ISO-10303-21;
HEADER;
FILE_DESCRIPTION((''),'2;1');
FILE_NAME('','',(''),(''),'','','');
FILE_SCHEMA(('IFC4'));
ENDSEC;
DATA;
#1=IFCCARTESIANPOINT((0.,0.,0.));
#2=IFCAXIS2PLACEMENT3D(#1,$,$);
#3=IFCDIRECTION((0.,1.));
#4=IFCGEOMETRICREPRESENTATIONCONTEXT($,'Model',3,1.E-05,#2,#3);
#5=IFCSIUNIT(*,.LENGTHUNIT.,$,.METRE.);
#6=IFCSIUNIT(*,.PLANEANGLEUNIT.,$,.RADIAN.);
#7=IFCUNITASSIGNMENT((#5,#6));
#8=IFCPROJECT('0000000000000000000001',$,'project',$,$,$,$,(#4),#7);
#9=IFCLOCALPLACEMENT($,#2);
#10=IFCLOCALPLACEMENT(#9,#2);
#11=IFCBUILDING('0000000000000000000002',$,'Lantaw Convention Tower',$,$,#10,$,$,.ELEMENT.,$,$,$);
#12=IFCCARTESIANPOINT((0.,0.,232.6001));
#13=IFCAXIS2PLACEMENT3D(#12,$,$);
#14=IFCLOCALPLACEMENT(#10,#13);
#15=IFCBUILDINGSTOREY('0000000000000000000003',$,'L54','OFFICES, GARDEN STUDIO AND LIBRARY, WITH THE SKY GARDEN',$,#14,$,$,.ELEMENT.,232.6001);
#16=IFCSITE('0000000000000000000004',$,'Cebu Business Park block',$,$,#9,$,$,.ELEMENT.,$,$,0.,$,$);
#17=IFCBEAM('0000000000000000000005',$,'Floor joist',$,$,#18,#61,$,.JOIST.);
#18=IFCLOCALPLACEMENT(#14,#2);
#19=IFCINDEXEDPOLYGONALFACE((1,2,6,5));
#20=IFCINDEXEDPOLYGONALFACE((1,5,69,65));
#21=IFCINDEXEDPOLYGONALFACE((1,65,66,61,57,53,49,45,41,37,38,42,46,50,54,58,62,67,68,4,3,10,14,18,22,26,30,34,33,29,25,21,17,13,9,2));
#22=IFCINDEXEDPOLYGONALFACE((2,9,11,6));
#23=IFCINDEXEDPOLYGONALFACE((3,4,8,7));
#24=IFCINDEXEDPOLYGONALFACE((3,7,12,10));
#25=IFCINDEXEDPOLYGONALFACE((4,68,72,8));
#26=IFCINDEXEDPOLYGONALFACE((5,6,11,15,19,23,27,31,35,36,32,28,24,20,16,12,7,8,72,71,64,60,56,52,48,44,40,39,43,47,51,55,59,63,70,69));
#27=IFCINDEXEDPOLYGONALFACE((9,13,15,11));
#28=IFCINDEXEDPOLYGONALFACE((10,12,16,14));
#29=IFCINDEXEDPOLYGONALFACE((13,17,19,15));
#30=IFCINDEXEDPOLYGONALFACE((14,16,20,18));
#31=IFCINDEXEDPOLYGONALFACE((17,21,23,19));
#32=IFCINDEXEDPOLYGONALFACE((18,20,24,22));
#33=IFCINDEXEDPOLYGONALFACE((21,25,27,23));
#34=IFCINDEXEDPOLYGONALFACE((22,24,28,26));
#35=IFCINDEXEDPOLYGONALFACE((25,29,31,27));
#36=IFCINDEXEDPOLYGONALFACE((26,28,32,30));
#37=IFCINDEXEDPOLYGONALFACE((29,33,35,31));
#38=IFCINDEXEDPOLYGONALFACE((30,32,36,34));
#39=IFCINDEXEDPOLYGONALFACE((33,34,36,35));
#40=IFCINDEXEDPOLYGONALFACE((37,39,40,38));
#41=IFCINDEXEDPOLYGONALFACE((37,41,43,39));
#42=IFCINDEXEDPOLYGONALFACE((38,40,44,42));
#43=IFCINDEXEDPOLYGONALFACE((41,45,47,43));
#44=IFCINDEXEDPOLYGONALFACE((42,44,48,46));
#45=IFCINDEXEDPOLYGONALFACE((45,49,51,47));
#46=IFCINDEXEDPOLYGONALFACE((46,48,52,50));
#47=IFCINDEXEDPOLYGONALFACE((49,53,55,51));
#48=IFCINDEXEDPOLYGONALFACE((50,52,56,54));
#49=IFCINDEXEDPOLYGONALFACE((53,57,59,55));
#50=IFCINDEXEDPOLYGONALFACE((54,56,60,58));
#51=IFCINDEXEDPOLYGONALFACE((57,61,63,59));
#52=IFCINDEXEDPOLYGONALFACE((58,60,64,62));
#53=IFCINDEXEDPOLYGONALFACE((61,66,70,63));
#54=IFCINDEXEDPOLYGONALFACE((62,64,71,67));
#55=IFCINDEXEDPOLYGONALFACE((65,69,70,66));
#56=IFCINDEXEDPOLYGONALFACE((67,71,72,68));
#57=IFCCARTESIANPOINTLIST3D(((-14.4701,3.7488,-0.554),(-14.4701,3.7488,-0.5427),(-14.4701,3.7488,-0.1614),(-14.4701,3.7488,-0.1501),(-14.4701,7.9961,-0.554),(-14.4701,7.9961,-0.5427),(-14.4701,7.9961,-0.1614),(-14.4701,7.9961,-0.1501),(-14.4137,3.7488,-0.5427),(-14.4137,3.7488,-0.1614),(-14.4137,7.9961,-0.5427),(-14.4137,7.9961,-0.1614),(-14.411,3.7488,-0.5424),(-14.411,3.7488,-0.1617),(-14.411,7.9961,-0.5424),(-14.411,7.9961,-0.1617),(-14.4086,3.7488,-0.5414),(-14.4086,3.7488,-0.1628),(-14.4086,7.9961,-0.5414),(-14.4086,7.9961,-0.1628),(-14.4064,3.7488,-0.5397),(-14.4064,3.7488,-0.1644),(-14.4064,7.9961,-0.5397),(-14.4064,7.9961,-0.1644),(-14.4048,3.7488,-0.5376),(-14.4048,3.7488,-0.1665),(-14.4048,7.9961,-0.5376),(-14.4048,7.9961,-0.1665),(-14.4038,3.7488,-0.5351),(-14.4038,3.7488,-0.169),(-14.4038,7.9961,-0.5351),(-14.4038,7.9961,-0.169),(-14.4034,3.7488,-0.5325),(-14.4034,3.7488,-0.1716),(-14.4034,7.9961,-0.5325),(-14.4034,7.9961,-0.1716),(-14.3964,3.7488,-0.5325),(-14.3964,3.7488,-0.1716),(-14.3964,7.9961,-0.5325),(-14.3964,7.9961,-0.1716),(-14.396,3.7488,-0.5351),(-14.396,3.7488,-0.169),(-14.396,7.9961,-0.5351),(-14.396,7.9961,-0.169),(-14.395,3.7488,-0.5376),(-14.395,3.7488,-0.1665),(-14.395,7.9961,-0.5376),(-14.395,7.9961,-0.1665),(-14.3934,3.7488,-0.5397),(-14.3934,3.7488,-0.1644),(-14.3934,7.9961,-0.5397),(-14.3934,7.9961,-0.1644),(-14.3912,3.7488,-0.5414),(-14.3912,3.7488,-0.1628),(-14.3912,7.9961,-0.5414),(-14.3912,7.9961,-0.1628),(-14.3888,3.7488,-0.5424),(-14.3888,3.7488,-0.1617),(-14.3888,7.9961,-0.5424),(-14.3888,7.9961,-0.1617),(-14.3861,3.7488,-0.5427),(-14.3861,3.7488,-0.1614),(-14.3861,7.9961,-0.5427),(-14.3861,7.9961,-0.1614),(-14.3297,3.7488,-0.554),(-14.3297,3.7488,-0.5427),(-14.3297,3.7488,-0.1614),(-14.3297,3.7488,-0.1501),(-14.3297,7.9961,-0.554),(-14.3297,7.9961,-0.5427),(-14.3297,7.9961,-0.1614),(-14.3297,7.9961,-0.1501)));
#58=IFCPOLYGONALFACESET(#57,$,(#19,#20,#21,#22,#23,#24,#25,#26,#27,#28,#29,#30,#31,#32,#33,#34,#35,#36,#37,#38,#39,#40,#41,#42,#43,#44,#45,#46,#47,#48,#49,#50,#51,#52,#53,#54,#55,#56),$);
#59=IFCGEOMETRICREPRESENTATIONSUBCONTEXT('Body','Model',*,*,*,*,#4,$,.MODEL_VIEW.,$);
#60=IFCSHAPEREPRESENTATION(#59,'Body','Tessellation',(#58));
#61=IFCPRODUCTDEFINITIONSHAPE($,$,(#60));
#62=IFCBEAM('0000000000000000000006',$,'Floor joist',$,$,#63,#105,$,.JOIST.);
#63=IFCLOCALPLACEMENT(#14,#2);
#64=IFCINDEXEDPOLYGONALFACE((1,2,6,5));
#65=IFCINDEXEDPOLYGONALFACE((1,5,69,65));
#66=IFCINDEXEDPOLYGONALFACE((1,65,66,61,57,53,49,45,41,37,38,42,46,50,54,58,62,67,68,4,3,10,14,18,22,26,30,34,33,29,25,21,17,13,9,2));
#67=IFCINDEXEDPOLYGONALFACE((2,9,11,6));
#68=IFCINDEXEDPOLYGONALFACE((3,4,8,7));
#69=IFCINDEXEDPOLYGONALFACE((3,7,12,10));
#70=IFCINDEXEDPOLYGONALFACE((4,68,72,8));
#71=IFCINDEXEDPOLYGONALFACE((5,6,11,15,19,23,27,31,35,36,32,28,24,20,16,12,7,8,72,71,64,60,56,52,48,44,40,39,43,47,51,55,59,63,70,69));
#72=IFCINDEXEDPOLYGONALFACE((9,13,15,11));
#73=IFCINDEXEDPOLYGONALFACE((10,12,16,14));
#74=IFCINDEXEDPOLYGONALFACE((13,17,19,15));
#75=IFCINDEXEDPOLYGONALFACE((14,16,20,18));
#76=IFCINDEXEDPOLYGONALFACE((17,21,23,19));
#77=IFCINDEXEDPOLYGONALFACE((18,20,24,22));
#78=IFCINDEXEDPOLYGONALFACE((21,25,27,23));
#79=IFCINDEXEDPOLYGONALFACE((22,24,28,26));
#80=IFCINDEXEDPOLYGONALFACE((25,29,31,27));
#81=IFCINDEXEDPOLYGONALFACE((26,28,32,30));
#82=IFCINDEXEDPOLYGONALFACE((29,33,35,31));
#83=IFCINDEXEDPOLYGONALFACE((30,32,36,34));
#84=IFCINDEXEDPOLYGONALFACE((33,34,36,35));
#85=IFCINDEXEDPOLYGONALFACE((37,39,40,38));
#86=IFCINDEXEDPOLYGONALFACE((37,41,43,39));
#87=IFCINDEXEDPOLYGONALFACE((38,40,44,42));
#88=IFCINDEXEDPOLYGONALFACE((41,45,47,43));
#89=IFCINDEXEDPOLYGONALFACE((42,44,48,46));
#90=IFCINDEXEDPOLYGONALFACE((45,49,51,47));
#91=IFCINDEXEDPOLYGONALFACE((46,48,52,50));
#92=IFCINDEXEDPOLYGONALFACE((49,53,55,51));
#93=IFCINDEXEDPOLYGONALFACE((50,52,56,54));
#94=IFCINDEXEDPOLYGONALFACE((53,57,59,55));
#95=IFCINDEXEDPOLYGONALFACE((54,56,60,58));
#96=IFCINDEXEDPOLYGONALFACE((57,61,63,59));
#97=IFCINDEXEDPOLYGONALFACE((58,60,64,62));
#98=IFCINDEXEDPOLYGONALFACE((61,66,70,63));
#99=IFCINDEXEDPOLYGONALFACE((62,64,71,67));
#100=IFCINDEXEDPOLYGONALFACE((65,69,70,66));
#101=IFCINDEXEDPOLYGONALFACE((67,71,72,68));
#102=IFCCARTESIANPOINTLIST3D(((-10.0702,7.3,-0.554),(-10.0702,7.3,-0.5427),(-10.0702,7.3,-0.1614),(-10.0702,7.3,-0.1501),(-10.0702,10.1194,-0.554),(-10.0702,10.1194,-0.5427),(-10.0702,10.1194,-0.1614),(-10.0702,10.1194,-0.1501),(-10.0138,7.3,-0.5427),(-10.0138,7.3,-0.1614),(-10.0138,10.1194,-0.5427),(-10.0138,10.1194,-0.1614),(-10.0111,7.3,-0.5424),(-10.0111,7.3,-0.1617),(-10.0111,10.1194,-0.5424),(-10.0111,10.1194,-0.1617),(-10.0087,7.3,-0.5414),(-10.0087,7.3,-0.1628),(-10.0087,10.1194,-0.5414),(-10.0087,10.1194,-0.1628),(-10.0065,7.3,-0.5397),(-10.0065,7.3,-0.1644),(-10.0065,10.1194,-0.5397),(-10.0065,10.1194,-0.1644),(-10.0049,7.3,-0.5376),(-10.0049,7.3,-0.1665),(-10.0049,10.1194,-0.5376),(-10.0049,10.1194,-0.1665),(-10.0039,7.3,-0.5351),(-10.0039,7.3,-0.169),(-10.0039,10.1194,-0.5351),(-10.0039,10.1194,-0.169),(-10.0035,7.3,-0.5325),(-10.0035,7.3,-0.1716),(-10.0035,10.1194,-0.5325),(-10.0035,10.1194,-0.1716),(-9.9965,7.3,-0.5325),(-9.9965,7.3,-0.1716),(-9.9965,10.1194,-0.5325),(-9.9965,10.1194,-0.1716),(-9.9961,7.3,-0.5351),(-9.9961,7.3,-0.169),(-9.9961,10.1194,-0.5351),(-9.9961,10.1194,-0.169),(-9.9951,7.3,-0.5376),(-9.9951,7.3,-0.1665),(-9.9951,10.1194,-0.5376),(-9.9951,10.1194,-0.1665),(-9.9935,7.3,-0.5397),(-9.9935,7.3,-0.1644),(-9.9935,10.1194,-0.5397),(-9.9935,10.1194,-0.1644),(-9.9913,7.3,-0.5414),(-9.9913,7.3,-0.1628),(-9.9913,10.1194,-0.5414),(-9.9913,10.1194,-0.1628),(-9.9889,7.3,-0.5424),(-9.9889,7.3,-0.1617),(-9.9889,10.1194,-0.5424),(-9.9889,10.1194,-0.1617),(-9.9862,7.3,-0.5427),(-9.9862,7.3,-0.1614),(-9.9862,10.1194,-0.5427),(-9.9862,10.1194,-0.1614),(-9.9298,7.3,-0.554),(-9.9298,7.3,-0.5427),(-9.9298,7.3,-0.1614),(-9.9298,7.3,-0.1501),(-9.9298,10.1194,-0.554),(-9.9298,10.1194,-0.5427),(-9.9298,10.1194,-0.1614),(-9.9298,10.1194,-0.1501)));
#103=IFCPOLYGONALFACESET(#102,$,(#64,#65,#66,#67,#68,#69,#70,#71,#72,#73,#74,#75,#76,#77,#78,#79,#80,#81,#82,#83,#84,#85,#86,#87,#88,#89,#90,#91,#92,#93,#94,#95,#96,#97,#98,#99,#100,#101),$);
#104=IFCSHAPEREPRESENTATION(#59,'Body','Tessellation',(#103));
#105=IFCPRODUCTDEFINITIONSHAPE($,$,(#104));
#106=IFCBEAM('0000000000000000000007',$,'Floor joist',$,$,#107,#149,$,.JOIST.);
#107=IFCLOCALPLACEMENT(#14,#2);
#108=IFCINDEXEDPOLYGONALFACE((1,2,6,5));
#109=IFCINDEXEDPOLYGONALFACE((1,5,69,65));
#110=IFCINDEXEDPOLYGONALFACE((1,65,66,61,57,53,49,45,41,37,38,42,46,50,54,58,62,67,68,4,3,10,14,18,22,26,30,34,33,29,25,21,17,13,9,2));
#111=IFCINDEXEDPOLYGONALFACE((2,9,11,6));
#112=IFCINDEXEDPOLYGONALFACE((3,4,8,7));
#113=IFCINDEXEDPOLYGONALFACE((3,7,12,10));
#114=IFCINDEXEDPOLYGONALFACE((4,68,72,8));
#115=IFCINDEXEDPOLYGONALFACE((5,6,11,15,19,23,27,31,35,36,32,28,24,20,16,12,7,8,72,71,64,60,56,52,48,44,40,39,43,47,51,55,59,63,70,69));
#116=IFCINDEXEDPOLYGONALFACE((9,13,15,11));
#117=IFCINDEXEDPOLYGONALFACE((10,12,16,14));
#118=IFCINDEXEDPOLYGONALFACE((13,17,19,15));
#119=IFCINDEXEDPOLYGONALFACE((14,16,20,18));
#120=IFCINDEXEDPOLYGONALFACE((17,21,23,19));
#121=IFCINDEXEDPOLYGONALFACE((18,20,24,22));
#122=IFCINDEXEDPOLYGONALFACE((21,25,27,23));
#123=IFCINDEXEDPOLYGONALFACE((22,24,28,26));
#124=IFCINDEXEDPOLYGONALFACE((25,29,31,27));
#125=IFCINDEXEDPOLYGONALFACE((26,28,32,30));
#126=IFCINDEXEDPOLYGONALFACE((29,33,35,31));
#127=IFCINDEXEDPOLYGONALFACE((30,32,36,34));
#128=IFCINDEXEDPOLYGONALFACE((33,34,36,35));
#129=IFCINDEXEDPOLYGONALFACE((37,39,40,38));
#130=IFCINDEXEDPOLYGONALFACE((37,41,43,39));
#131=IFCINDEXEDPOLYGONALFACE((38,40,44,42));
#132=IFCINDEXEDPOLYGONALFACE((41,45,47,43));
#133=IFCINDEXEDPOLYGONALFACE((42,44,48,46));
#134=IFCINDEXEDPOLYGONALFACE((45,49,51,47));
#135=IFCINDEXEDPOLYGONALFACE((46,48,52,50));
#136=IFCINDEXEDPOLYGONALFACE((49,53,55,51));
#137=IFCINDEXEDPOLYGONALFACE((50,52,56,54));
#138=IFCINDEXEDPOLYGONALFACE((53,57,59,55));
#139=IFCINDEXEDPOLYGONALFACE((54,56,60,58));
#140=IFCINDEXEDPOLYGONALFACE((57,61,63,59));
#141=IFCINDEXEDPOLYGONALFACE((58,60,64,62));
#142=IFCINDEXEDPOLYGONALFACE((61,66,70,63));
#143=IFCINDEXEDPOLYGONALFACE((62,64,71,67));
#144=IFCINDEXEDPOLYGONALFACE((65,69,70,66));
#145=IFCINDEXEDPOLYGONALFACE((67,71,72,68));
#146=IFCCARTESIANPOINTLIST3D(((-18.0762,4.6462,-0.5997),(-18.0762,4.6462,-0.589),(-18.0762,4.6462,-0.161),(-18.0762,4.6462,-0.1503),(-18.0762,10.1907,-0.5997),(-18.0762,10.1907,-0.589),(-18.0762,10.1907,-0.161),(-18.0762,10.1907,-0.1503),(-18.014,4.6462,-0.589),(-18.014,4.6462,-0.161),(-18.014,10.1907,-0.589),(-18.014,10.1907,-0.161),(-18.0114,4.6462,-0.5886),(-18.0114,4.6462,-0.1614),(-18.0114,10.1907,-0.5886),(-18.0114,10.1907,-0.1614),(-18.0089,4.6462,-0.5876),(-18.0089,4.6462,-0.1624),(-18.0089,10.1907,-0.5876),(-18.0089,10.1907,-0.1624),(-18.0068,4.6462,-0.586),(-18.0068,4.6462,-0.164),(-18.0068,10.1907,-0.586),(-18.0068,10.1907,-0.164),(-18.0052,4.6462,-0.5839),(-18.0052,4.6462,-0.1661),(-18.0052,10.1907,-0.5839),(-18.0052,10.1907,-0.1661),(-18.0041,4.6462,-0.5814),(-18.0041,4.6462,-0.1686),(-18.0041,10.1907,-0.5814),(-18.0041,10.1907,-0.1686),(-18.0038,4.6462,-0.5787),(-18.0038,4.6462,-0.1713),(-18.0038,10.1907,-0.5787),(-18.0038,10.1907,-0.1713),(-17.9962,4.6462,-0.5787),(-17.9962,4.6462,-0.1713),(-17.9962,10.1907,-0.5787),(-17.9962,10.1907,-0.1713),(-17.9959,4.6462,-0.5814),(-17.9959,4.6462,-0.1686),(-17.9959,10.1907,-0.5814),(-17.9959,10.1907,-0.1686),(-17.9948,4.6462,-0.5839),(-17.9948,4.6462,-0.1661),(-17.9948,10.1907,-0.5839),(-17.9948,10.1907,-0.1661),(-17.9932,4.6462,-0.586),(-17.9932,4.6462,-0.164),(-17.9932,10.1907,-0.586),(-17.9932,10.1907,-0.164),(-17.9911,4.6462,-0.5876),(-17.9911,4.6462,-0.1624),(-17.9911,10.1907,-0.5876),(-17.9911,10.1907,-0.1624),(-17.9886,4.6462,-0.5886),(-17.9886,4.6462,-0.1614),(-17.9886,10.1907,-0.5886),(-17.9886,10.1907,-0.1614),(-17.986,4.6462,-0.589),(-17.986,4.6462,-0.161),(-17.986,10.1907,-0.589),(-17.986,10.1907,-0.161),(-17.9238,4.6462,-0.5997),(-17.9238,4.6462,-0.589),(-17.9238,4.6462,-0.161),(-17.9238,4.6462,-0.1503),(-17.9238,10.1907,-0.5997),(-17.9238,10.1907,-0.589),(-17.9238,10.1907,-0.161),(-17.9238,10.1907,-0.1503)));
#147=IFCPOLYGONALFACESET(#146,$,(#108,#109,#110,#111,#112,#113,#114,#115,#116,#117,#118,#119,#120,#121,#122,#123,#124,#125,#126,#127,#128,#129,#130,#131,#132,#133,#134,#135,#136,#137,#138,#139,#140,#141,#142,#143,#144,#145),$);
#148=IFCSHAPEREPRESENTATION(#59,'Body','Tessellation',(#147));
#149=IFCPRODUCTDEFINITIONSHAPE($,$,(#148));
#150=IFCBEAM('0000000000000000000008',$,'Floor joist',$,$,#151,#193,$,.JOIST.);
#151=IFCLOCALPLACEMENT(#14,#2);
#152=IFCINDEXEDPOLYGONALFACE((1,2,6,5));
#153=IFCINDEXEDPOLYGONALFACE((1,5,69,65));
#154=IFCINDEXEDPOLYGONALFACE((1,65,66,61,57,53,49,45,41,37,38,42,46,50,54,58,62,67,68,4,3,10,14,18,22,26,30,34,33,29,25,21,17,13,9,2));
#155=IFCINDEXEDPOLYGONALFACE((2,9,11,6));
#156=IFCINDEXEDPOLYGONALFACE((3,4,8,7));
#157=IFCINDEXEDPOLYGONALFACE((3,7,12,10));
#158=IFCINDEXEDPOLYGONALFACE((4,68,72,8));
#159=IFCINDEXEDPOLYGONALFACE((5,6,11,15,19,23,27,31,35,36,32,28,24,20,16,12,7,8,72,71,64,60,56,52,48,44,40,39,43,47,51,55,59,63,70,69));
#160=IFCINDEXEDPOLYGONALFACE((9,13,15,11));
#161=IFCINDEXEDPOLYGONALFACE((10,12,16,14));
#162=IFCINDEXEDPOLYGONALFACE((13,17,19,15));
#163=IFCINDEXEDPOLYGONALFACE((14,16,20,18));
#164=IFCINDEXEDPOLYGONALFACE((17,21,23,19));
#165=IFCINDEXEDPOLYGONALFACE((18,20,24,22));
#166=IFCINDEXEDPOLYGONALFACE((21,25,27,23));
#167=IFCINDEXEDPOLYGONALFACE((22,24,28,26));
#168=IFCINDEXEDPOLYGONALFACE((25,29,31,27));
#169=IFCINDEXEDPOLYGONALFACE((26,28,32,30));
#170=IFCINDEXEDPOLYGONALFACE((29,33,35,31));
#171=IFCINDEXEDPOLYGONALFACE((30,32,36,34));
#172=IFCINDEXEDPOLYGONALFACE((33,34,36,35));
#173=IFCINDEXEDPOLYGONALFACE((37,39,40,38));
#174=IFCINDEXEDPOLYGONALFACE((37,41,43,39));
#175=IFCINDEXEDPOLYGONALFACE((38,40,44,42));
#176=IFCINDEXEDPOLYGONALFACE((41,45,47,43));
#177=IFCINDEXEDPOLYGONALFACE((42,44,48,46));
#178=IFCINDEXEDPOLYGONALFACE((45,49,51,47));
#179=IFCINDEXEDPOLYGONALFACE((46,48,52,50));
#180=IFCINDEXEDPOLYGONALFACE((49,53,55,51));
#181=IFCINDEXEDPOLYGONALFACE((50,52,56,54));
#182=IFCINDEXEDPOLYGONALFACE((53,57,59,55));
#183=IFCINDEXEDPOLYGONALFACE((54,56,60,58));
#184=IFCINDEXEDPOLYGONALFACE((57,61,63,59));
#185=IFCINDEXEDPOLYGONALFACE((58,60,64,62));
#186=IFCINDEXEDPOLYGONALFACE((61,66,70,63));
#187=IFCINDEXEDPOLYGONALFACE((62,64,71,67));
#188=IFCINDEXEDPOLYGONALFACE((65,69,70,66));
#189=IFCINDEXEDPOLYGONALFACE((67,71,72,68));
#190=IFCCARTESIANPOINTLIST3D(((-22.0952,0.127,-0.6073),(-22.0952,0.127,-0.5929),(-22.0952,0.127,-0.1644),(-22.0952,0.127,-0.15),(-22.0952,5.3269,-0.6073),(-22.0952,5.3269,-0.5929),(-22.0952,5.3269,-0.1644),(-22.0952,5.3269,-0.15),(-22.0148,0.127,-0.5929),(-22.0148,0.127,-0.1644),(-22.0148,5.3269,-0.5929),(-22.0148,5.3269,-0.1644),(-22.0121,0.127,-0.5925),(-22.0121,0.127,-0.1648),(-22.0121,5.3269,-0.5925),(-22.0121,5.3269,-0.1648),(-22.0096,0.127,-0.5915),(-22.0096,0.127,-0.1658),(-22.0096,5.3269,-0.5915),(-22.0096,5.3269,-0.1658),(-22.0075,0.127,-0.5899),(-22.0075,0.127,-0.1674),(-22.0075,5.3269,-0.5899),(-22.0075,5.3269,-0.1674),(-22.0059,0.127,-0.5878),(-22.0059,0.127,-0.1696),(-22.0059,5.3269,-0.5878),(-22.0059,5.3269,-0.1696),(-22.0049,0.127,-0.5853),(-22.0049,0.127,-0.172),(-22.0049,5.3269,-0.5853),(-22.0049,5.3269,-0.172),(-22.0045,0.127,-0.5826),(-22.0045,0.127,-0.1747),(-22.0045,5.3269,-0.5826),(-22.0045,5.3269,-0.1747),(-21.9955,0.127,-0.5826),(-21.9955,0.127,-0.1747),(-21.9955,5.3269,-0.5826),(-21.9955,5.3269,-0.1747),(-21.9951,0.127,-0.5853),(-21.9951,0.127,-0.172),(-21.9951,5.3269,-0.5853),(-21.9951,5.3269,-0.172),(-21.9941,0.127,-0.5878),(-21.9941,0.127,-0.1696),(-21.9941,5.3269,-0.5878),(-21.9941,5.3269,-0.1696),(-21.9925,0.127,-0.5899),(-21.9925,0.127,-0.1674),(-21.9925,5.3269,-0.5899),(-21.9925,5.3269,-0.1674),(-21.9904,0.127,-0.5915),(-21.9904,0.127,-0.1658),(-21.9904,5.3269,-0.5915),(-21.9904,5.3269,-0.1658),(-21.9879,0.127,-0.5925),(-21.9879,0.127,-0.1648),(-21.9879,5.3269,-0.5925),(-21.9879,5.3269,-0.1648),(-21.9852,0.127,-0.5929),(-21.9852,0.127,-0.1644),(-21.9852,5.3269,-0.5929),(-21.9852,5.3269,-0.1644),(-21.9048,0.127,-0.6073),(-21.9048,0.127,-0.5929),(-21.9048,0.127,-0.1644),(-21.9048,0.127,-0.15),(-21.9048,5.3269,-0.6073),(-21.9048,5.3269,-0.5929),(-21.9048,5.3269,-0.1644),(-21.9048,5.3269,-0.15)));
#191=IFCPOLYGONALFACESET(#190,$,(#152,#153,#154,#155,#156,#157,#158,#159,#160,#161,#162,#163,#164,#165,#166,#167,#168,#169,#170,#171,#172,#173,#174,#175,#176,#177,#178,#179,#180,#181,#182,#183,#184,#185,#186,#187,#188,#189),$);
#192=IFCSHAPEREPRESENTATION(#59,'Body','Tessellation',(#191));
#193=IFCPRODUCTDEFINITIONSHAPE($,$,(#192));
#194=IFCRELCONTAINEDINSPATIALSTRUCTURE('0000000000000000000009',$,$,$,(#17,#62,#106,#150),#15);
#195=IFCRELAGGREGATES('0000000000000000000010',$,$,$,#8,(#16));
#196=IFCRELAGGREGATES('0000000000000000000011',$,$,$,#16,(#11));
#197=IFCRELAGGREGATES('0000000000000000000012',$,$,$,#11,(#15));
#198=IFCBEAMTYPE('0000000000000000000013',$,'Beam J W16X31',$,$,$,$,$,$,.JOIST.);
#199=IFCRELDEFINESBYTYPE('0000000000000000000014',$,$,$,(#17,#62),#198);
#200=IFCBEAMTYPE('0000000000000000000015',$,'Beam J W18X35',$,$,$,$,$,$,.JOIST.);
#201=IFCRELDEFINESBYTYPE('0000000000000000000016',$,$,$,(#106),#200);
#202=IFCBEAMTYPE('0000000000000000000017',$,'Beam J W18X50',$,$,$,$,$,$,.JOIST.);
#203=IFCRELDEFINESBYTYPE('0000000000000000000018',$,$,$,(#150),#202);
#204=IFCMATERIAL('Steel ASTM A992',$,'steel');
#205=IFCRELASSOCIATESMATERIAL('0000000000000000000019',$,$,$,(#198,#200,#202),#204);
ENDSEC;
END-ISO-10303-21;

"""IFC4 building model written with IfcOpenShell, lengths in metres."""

from ifc_helpers import new_model, si_unit, direction, frame, origin, origin_2d, place, context, subcontext, project, spatial, i_section, extrude, material, material_profile, profile_set, type_object, element, save


model = new_model("IFC4")

# Units and contexts
model_context = context("Model", 3, precision=1e-05, world=origin(), true_north=direction((0.0, 1.0)))
body_context = subcontext(model_context, "Body", "Model", "MODEL_VIEW")
ifc_project = project(units=[si_unit("LENGTHUNIT", "METRE"), si_unit("PLANEANGLEUNIT", "RADIAN")], contexts=[model_context])

# Site, building, storey
site_placement = place(None, origin())
site = spatial("IfcSite", under=ifc_project, at=site_placement, Name="Cebu Business Park block", CompositionType="ELEMENT", RefElevation=0.0)
building_placement = place(site_placement, origin())
building = spatial("IfcBuilding", under=site, at=building_placement, Name="Lantaw Convention Tower", CompositionType="ELEMENT")
storey_placement = place(building_placement, frame((0.0, 0.0, 232.6001)))
storey = spatial("IfcBuildingStorey", under=building, at=storey_placement, Name="L54", Description="OFFICES, GARDEN STUDIO AND LIBRARY, WITH THE SKY GARDEN", CompositionType="ELEMENT", Elevation=232.6001)

# Beams
ifc_material_1 = material(Name="Steel ASTM A992", Category="steel")
ifc_material_profile_1 = material_profile(ifc_material_1, i_section(OverallWidth=0.1404, OverallDepth=0.4038, WebThickness=0.0071, FlangeThickness=0.0112, FilletRadius=0.0103, at=origin_2d()), Name="W16X31")
ifc_profile_set_1 = profile_set([ifc_material_profile_1], Name="Steel ASTM A992")
beam_type_1 = type_object("IfcBeamType", Name="Beam J W16X31", PredefinedType="JOIST", material=ifc_profile_set_1)
beam_1_placement = place(storey_placement, frame((-14.3999, 3.7488, -0.3521), z_axis=(0.0, 1.0, 0.0), x_axis=(-1.0, 0.0, 0.0)))
element("IfcBeam", 1, at=beam_1_placement, inside=storey, type_object=beam_type_1, Name="Floor joist", PredefinedType="JOIST", context=body_context, shape_type="SweptSolid", body=[
    extrude(i_section(OverallWidth=0.1404, OverallDepth=0.4038, WebThickness=0.0071, FlangeThickness=0.0112, FilletRadius=0.0103, at=origin_2d()), origin(), (0.0, 0.0, 1.0), 4.2473),
])
beam_2_placement = place(storey_placement, frame((-10.0, 7.3, -0.3521), z_axis=(0.0, 1.0, 0.0), x_axis=(-1.0, 0.0, 0.0)))
element("IfcBeam", 2, at=beam_2_placement, inside=storey, type_object=beam_type_1, Name="Floor joist", PredefinedType="JOIST", context=body_context, shape_type="SweptSolid", body=[
    extrude(i_section(OverallWidth=0.1404, OverallDepth=0.4038, WebThickness=0.0071, FlangeThickness=0.0112, FilletRadius=0.0103, at=origin_2d()), origin(), (0.0, 0.0, 1.0), 2.8193),
])
ifc_material_profile_2 = material_profile(ifc_material_1, i_section(OverallWidth=0.1523, OverallDepth=0.4495, WebThickness=0.0076, FlangeThickness=0.0107, FilletRadius=0.0103, at=origin_2d()), Name="W18X35")
ifc_profile_set_2 = profile_set([ifc_material_profile_2], Name="Steel ASTM A992")
beam_type_2 = type_object("IfcBeamType", Name="Beam J W18X35", PredefinedType="JOIST", material=ifc_profile_set_2)
beam_3_placement = place(storey_placement, frame((-18.0, 4.6462, -0.375), z_axis=(0.0, 1.0, 0.0), x_axis=(-1.0, 0.0, 0.0)))
element("IfcBeam", 3, at=beam_3_placement, inside=storey, type_object=beam_type_2, Name="Floor joist", PredefinedType="JOIST", context=body_context, shape_type="SweptSolid", body=[
    extrude(i_section(OverallWidth=0.1523, OverallDepth=0.4495, WebThickness=0.0076, FlangeThickness=0.0107, FilletRadius=0.0103, at=origin_2d()), origin(), (0.0, 0.0, 1.0), 5.5444),
])
ifc_material_profile_3 = material_profile(ifc_material_1, i_section(OverallWidth=0.1904, OverallDepth=0.4573, WebThickness=0.009, FlangeThickness=0.0144, FilletRadius=0.0103, at=origin_2d()), Name="W18X50")
ifc_profile_set_3 = profile_set([ifc_material_profile_3], Name="Steel ASTM A992")
beam_type_3 = type_object("IfcBeamType", Name="Beam J W18X50", PredefinedType="JOIST", material=ifc_profile_set_3)
beam_4_placement = place(storey_placement, frame((-22.0, 0.127, -0.3787), z_axis=(0.0, 1.0, 0.0), x_axis=(-1.0, 0.0, 0.0)))
element("IfcBeam", 4, at=beam_4_placement, inside=storey, type_object=beam_type_3, Name="Floor joist", PredefinedType="JOIST", context=body_context, shape_type="SweptSolid", body=[
    extrude(i_section(OverallWidth=0.1904, OverallDepth=0.4573, WebThickness=0.009, FlangeThickness=0.0144, FilletRadius=0.0103, at=origin_2d()), origin(), (0.0, 0.0, 1.0), 5.2),
])

save(model, "model.ifc")
